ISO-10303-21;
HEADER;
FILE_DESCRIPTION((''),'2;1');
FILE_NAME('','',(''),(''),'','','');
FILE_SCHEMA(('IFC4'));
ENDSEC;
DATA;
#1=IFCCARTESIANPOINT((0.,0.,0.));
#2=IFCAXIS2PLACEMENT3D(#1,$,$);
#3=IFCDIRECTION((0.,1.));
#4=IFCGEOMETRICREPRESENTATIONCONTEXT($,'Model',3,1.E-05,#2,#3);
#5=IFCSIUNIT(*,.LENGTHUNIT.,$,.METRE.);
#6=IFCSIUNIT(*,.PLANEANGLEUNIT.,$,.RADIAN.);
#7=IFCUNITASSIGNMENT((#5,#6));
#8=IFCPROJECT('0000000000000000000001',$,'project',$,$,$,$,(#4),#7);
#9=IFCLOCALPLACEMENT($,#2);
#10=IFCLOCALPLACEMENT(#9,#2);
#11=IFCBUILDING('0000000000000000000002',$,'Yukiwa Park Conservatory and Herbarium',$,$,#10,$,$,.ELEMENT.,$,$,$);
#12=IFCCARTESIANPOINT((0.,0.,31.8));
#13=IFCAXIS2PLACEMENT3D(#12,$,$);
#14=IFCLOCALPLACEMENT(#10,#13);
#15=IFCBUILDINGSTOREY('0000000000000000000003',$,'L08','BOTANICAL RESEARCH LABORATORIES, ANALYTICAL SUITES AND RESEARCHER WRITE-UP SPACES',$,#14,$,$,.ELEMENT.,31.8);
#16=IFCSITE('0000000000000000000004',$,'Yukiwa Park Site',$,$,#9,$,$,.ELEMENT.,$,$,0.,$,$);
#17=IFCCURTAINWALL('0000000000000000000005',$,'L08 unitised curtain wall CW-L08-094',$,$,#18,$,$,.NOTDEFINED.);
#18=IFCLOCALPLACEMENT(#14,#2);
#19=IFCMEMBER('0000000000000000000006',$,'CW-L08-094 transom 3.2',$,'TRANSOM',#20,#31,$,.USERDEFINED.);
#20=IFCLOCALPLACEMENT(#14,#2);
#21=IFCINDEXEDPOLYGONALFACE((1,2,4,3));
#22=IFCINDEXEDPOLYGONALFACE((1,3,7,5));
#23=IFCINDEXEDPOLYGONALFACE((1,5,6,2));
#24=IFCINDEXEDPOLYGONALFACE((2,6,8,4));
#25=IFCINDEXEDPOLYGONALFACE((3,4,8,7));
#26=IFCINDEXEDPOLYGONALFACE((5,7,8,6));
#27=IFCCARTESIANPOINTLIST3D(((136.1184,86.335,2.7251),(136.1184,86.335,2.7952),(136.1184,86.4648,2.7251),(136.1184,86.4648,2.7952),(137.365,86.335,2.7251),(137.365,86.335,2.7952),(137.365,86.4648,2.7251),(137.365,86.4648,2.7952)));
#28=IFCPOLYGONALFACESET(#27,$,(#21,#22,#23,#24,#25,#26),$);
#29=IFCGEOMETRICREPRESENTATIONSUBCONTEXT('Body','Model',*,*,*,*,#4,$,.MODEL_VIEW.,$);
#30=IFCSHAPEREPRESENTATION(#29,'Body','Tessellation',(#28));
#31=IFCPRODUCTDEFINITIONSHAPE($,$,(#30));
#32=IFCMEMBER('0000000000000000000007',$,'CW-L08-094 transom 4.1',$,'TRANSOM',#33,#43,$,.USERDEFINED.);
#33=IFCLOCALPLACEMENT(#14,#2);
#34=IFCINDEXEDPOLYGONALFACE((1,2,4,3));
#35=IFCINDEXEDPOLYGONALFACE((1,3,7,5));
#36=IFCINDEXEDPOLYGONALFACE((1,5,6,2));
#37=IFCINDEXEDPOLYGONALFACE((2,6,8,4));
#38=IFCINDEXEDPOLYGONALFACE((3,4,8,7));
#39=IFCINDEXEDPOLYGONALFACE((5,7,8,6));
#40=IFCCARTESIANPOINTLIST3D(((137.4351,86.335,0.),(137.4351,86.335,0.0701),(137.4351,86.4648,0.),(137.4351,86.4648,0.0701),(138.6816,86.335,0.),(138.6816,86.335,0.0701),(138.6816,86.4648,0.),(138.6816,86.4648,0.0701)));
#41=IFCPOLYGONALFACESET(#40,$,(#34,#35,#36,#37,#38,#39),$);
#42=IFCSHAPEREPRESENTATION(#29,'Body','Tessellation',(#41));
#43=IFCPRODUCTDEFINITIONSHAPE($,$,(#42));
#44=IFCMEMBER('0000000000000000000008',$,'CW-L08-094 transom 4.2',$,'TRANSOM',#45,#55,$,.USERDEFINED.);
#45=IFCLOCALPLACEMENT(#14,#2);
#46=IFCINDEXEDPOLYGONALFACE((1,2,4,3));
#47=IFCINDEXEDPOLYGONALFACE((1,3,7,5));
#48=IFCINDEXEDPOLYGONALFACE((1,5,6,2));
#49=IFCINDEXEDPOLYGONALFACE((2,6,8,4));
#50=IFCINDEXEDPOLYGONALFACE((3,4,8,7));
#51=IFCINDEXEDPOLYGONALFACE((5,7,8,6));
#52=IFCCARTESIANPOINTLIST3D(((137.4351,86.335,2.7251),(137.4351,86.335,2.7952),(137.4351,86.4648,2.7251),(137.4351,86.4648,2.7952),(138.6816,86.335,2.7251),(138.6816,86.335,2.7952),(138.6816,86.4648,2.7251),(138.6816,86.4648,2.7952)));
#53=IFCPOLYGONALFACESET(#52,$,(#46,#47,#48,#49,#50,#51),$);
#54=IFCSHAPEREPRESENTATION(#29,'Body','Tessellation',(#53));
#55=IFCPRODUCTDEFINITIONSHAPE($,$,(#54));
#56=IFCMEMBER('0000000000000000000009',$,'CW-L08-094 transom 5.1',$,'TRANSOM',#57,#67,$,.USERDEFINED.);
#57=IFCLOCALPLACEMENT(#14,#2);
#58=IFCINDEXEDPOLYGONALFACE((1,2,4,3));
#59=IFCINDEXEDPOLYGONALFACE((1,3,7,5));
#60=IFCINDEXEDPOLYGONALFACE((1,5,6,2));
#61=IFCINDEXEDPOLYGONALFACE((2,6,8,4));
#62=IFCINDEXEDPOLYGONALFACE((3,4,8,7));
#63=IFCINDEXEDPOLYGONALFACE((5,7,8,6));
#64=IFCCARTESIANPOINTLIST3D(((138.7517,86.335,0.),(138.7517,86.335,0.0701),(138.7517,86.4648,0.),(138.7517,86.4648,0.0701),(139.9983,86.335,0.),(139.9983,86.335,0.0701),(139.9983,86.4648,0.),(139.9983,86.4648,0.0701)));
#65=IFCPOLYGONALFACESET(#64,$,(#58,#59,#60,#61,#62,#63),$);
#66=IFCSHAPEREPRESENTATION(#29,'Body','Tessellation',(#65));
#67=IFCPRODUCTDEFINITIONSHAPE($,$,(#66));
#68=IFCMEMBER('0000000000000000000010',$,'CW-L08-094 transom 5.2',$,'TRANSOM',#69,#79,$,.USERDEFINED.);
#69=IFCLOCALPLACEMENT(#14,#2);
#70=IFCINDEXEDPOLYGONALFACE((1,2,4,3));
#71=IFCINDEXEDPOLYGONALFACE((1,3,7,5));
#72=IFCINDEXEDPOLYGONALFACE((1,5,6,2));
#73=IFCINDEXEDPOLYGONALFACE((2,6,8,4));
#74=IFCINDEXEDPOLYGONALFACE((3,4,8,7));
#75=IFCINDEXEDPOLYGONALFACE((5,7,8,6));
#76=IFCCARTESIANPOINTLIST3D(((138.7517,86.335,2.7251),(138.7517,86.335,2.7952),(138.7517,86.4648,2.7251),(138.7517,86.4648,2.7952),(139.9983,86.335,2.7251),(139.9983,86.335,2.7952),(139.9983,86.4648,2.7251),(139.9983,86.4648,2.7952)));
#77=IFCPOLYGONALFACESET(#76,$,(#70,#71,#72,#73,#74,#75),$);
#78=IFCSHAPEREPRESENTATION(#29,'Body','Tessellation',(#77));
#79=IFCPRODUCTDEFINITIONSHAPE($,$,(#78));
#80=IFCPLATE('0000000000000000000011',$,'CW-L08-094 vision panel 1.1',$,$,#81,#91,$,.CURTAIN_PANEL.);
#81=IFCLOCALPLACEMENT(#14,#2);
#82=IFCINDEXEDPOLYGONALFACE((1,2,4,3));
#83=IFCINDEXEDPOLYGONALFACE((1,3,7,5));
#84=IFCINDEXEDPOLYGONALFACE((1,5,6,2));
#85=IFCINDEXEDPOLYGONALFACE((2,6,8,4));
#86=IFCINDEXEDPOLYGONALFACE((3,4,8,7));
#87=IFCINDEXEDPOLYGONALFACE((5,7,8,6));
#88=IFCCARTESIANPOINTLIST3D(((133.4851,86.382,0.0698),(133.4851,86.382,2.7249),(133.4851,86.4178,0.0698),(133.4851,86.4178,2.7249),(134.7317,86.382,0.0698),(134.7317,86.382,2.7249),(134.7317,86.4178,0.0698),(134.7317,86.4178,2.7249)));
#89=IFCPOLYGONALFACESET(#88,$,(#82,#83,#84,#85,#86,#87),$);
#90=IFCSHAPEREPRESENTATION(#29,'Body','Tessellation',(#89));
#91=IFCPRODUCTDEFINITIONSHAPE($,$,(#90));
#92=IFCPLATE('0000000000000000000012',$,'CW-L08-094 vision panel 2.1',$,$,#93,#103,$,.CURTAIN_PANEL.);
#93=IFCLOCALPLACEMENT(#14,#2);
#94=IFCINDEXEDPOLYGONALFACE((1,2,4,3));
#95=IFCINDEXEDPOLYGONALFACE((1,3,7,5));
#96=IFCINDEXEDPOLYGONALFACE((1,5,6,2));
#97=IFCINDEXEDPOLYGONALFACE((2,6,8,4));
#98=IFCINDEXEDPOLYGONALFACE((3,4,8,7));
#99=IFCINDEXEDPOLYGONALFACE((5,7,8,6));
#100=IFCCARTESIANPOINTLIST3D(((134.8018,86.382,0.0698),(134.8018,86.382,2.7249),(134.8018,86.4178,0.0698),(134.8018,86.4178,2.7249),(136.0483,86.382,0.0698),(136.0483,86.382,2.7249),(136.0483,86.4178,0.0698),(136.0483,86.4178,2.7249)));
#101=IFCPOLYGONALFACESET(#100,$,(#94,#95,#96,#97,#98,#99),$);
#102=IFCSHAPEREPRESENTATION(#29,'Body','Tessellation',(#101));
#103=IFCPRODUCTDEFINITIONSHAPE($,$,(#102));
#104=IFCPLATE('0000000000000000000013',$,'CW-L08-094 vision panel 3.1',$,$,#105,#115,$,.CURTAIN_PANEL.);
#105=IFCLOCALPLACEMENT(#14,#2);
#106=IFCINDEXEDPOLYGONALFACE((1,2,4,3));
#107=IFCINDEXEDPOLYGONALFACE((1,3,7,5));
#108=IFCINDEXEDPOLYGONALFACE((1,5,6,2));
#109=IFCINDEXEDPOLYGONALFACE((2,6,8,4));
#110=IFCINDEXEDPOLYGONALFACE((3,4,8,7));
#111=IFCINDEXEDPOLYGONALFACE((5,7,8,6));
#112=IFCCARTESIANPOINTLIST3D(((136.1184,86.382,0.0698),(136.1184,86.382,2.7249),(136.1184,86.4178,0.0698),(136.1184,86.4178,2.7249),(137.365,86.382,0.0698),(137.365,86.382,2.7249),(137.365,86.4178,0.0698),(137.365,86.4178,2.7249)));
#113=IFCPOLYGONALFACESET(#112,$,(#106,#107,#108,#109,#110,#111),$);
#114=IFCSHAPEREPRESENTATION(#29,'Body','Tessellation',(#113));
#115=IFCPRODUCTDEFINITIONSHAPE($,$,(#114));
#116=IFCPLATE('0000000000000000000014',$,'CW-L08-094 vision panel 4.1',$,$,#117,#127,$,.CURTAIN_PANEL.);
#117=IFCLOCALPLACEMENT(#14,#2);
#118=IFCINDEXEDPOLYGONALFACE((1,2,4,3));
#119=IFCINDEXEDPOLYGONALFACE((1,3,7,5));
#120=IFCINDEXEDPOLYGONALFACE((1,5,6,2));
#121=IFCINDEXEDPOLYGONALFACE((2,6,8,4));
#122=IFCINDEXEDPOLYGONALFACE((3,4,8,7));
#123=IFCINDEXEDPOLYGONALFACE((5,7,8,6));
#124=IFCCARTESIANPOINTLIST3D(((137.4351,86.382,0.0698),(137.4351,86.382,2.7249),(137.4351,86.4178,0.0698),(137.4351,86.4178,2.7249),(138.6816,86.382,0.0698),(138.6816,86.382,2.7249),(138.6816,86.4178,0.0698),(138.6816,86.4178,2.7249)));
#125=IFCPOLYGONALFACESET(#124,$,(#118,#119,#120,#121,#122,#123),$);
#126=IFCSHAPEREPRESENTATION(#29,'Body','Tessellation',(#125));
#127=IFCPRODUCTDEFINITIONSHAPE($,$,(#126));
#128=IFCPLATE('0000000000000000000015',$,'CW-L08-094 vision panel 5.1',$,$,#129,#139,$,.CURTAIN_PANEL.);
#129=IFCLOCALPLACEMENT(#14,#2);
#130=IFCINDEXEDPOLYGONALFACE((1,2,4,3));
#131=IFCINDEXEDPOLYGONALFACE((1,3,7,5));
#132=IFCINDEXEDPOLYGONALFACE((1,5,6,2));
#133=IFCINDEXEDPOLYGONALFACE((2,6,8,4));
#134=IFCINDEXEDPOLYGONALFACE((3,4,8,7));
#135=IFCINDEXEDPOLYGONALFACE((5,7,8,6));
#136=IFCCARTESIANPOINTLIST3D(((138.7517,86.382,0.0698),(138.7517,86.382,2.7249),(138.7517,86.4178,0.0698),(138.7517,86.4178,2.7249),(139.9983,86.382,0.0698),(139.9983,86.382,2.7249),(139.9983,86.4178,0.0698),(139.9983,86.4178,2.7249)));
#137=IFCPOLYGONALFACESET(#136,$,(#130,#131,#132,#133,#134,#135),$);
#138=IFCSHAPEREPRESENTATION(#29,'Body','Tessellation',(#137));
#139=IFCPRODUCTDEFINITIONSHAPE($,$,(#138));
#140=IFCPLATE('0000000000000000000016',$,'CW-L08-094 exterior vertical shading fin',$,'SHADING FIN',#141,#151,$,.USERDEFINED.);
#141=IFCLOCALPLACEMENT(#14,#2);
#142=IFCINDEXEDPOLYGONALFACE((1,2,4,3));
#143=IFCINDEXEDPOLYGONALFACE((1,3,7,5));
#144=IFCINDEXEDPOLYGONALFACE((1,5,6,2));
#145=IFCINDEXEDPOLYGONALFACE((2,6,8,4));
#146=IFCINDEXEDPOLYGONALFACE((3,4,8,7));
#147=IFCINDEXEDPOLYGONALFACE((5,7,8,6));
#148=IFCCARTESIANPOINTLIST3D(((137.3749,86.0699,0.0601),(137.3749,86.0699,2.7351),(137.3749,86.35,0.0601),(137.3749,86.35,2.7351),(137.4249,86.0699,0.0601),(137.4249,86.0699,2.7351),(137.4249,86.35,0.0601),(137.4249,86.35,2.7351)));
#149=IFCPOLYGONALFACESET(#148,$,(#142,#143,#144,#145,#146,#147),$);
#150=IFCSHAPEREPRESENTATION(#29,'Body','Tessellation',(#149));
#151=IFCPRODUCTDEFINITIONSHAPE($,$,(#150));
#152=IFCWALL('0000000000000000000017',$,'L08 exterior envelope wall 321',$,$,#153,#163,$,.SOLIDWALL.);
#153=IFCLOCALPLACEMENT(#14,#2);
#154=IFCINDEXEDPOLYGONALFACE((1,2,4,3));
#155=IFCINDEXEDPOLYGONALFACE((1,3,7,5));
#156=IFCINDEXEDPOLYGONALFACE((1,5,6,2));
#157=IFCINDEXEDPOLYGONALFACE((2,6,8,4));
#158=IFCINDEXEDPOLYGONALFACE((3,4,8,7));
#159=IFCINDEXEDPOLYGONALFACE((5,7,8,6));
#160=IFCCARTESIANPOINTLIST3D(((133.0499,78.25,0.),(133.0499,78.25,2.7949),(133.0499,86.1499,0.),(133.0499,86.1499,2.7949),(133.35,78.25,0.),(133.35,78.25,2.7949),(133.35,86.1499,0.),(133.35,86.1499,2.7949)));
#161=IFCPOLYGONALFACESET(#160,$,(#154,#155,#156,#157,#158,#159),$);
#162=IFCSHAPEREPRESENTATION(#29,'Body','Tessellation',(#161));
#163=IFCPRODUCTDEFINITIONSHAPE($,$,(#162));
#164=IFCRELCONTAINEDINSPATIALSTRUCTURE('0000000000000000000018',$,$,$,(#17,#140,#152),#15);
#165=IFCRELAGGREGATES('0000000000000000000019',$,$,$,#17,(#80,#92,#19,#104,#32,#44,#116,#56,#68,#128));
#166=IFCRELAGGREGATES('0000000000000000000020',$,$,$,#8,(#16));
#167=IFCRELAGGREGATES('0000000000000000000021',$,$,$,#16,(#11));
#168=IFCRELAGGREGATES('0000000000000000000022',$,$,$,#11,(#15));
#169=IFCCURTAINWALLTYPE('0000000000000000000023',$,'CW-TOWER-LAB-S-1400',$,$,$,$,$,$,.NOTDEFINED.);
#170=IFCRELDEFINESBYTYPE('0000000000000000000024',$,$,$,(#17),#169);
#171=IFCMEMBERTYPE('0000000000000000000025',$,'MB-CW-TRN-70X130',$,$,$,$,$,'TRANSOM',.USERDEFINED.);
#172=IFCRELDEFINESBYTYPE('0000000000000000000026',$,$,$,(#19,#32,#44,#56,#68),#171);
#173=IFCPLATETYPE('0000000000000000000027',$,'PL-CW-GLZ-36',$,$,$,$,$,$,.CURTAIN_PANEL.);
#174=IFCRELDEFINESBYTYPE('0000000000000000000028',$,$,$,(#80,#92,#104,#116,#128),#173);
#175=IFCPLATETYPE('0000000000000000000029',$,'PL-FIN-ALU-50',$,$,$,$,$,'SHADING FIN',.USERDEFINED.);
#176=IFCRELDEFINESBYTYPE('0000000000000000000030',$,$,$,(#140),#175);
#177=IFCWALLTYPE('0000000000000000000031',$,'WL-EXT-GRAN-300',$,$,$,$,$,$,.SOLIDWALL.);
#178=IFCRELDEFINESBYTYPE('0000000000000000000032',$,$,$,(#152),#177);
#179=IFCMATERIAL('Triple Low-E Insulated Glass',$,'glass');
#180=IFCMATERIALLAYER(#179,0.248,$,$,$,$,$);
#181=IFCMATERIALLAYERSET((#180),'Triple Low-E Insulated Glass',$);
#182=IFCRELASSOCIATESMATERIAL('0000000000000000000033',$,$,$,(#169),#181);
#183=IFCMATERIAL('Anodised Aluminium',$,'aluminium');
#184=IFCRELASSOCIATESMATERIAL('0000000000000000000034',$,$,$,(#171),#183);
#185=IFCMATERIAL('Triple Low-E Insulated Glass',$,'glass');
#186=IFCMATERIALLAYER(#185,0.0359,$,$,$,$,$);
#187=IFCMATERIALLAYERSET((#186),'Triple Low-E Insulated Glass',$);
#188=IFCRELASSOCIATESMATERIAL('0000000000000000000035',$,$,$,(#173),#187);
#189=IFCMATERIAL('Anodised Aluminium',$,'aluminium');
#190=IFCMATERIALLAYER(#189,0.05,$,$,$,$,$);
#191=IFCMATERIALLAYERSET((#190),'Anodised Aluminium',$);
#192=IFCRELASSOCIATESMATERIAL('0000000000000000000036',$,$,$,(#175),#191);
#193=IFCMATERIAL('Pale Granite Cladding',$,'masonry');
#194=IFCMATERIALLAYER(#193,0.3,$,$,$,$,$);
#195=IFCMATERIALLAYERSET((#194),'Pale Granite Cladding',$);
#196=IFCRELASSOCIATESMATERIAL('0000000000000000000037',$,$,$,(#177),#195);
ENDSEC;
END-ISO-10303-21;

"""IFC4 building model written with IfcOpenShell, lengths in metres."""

from ifc_helpers import new_model, si_unit, direction, frame, frame_2d, origin, origin_2d, place, context, subcontext, project, spatial, rectangle, extrude, material, layer, layer_set, type_object, element, aggregate, save


model = new_model("IFC4")

# Units and contexts
model_context = context("Model", 3, precision=1e-05, world=origin(), true_north=direction((0.0, 1.0)))
body_context = subcontext(model_context, "Body", "Model", "MODEL_VIEW")
ifc_project = project(units=[si_unit("LENGTHUNIT", "METRE"), si_unit("PLANEANGLEUNIT", "RADIAN")], contexts=[model_context])

# Site, building, storey
site_placement = place(None, origin())
site = spatial("IfcSite", under=ifc_project, at=site_placement, Name="Yukiwa Park Site", CompositionType="ELEMENT", RefElevation=0.0)
building_placement = place(site_placement, origin())
building = spatial("IfcBuilding", under=site, at=building_placement, Name="Yukiwa Park Conservatory and Herbarium", CompositionType="ELEMENT")
storey_placement = place(building_placement, frame((0.0, 0.0, 31.8)))
storey = spatial("IfcBuildingStorey", under=building, at=storey_placement, Name="L08", Description="BOTANICAL RESEARCH LABORATORIES, ANALYTICAL SUITES AND RESEARCHER WRITE-UP SPACES", CompositionType="ELEMENT", Elevation=31.8)

# Curtain wall, members, plates
ifc_material_1 = material(Name="Triple Low-E Insulated Glass", Category="glass")
ifc_layer_1 = layer(ifc_material_1, 0.248)
ifc_layer_set_1 = layer_set([ifc_layer_1], Name="Triple Low-E Insulated Glass")
curtain_wall_type = type_object("IfcCurtainWallType", Name="CW-TOWER-LAB-S-1400", PredefinedType="NOTDEFINED", material=ifc_layer_set_1)
curtain_wall_placement = place(storey_placement, origin())
curtain_wall = element("IfcCurtainWall", 1, at=curtain_wall_placement, inside=storey, type_object=curtain_wall_type, Name="L08 unitised curtain wall CW-L08-094", PredefinedType="NOTDEFINED")
ifc_material_2 = material(Name="Anodised Aluminium", Category="aluminium")
member_type_1 = type_object("IfcMemberType", Name="MB-CW-TRN-70X130", ElementType="TRANSOM", PredefinedType="USERDEFINED", material=ifc_material_2)
member_1_placement = place(storey_placement, frame((136.7417, 86.3999, 2.7251), z_axis=(0.0, 0.0, 1.0), x_axis=(1.0, 0.0, 0.0)))
member_1 = element("IfcMember", 2, at=member_1_placement, type_object=member_type_1, Name="CW-L08-094 transom 3.2", ObjectType="TRANSOM", PredefinedType="USERDEFINED", context=body_context, shape_type="SweptSolid", body=[
    extrude(rectangle(XDim=1.2466, YDim=0.1299, at=origin_2d()), origin(), (0.0, 0.0, 1.0), 0.0701),
])
member_2_placement = place(storey_placement, frame((138.0583, 86.3999, 0.0), z_axis=(0.0, 0.0, 1.0), x_axis=(1.0, 0.0, 0.0)))
member_2 = element("IfcMember", 3, at=member_2_placement, type_object=member_type_1, Name="CW-L08-094 transom 4.1", ObjectType="TRANSOM", PredefinedType="USERDEFINED", context=body_context, shape_type="SweptSolid", body=[
    extrude(rectangle(XDim=1.2466, YDim=0.1299, at=origin_2d()), origin(), (0.0, 0.0, 1.0), 0.0701),
])
member_3_placement = place(storey_placement, frame((138.0583, 86.3999, 2.7251), z_axis=(0.0, 0.0, 1.0), x_axis=(1.0, 0.0, 0.0)))
member_3 = element("IfcMember", 4, at=member_3_placement, type_object=member_type_1, Name="CW-L08-094 transom 4.2", ObjectType="TRANSOM", PredefinedType="USERDEFINED", context=body_context, shape_type="SweptSolid", body=[
    extrude(rectangle(XDim=1.2466, YDim=0.1299, at=origin_2d()), origin(), (0.0, 0.0, 1.0), 0.0701),
])
member_4_placement = place(storey_placement, frame((139.375, 86.3999, 0.0), z_axis=(0.0, 0.0, 1.0), x_axis=(1.0, 0.0, 0.0)))
member_4 = element("IfcMember", 5, at=member_4_placement, type_object=member_type_1, Name="CW-L08-094 transom 5.1", ObjectType="TRANSOM", PredefinedType="USERDEFINED", context=body_context, shape_type="SweptSolid", body=[
    extrude(rectangle(XDim=1.2466, YDim=0.1299, at=origin_2d()), origin(), (0.0, 0.0, 1.0), 0.0701),
])
member_5_placement = place(storey_placement, frame((139.375, 86.3999, 2.7251), z_axis=(0.0, 0.0, 1.0), x_axis=(1.0, 0.0, 0.0)))
member_5 = element("IfcMember", 6, at=member_5_placement, type_object=member_type_1, Name="CW-L08-094 transom 5.2", ObjectType="TRANSOM", PredefinedType="USERDEFINED", context=body_context, shape_type="SweptSolid", body=[
    extrude(rectangle(XDim=1.2466, YDim=0.1299, at=origin_2d()), origin(), (0.0, 0.0, 1.0), 0.0701),
])
ifc_material_3 = material(Name="Triple Low-E Insulated Glass", Category="glass")
ifc_layer_2 = layer(ifc_material_3, 0.0359)
ifc_layer_set_2 = layer_set([ifc_layer_2], Name="Triple Low-E Insulated Glass")
plate_type_1 = type_object("IfcPlateType", Name="PL-CW-GLZ-36", PredefinedType="CURTAIN_PANEL", material=ifc_layer_set_2)
plate_1_placement = place(storey_placement, frame((134.1084, 86.3999, 0.0698), z_axis=(0.0, 0.0, 1.0), x_axis=(1.0, 0.0, 0.0)))
plate_1 = element("IfcPlate", 7, at=plate_1_placement, type_object=plate_type_1, Name="CW-L08-094 vision panel 1.1", PredefinedType="CURTAIN_PANEL", context=body_context, shape_type="SweptSolid", body=[
    extrude(rectangle(XDim=1.2466, YDim=0.0359, at=origin_2d()), origin(), (0.0, 0.0, 1.0), 2.655),
])
plate_2_placement = place(storey_placement, frame((135.425, 86.3999, 0.0698), z_axis=(0.0, 0.0, 1.0), x_axis=(1.0, 0.0, 0.0)))
plate_2 = element("IfcPlate", 8, at=plate_2_placement, type_object=plate_type_1, Name="CW-L08-094 vision panel 2.1", PredefinedType="CURTAIN_PANEL", context=body_context, shape_type="SweptSolid", body=[
    extrude(rectangle(XDim=1.2466, YDim=0.0359, at=origin_2d()), origin(), (0.0, 0.0, 1.0), 2.655),
])
plate_3_placement = place(storey_placement, frame((136.7417, 86.3999, 0.0698), z_axis=(0.0, 0.0, 1.0), x_axis=(1.0, 0.0, 0.0)))
plate_3 = element("IfcPlate", 9, at=plate_3_placement, type_object=plate_type_1, Name="CW-L08-094 vision panel 3.1", PredefinedType="CURTAIN_PANEL", context=body_context, shape_type="SweptSolid", body=[
    extrude(rectangle(XDim=1.2466, YDim=0.0359, at=origin_2d()), origin(), (0.0, 0.0, 1.0), 2.655),
])
plate_4_placement = place(storey_placement, frame((138.0583, 86.3999, 0.0698), z_axis=(0.0, 0.0, 1.0), x_axis=(1.0, 0.0, 0.0)))
plate_4 = element("IfcPlate", 10, at=plate_4_placement, type_object=plate_type_1, Name="CW-L08-094 vision panel 4.1", PredefinedType="CURTAIN_PANEL", context=body_context, shape_type="SweptSolid", body=[
    extrude(rectangle(XDim=1.2466, YDim=0.0359, at=origin_2d()), origin(), (0.0, 0.0, 1.0), 2.655),
])
plate_5_placement = place(storey_placement, frame((139.375, 86.3999, 0.0698), z_axis=(0.0, 0.0, 1.0), x_axis=(1.0, 0.0, 0.0)))
plate_5 = element("IfcPlate", 11, at=plate_5_placement, type_object=plate_type_1, Name="CW-L08-094 vision panel 5.1", PredefinedType="CURTAIN_PANEL", context=body_context, shape_type="SweptSolid", body=[
    extrude(rectangle(XDim=1.2466, YDim=0.0359, at=origin_2d()), origin(), (0.0, 0.0, 1.0), 2.655),
])
aggregate(curtain_wall, [plate_1, plate_2, member_1, plate_3, member_2, member_3, plate_4, member_4, member_5, plate_5])

# Plate
ifc_material_4 = material(Name="Anodised Aluminium", Category="aluminium")
ifc_layer_3 = layer(ifc_material_4, 0.05)
ifc_layer_set_3 = layer_set([ifc_layer_3], Name="Anodised Aluminium")
plate_type_2 = type_object("IfcPlateType", Name="PL-FIN-ALU-50", ElementType="SHADING FIN", PredefinedType="USERDEFINED", material=ifc_layer_set_3)
plate_6_placement = place(storey_placement, frame((137.3999, 86.21, 0.0601), z_axis=(0.0, 0.0, 1.0), x_axis=(1.0, 0.0, 0.0)))
element("IfcPlate", 12, at=plate_6_placement, inside=storey, type_object=plate_type_2, Name="CW-L08-094 exterior vertical shading fin", ObjectType="SHADING FIN", PredefinedType="USERDEFINED", context=body_context, shape_type="SweptSolid", body=[
    extrude(rectangle(XDim=0.05, YDim=0.28, at=origin_2d()), origin(), (0.0, 0.0, 1.0), 2.675),
])

# Wall
ifc_material_5 = material(Name="Pale Granite Cladding", Category="masonry")
ifc_layer_4 = layer(ifc_material_5, 0.3)
ifc_layer_set_4 = layer_set([ifc_layer_4], Name="Pale Granite Cladding")
wall_type = type_object("IfcWallType", Name="WL-EXT-GRAN-300", PredefinedType="SOLIDWALL", material=ifc_layer_set_4)
wall_placement = place(storey_placement, frame((133.2, 78.25, 0.0), z_axis=(0.0, 0.0, 1.0), x_axis=(0.0, 1.0, 0.0)))
element("IfcWall", 13, at=wall_placement, inside=storey, type_object=wall_type, Name="L08 exterior envelope wall 321", PredefinedType="SOLIDWALL", context=body_context, shape_type="SweptSolid", body=[
    extrude(rectangle(XDim=7.8999, YDim=0.3, at=frame_2d((3.95, 0.0))), origin(), (0.0, 0.0, 1.0), 2.7949),
])

save(model, "model.ifc")
